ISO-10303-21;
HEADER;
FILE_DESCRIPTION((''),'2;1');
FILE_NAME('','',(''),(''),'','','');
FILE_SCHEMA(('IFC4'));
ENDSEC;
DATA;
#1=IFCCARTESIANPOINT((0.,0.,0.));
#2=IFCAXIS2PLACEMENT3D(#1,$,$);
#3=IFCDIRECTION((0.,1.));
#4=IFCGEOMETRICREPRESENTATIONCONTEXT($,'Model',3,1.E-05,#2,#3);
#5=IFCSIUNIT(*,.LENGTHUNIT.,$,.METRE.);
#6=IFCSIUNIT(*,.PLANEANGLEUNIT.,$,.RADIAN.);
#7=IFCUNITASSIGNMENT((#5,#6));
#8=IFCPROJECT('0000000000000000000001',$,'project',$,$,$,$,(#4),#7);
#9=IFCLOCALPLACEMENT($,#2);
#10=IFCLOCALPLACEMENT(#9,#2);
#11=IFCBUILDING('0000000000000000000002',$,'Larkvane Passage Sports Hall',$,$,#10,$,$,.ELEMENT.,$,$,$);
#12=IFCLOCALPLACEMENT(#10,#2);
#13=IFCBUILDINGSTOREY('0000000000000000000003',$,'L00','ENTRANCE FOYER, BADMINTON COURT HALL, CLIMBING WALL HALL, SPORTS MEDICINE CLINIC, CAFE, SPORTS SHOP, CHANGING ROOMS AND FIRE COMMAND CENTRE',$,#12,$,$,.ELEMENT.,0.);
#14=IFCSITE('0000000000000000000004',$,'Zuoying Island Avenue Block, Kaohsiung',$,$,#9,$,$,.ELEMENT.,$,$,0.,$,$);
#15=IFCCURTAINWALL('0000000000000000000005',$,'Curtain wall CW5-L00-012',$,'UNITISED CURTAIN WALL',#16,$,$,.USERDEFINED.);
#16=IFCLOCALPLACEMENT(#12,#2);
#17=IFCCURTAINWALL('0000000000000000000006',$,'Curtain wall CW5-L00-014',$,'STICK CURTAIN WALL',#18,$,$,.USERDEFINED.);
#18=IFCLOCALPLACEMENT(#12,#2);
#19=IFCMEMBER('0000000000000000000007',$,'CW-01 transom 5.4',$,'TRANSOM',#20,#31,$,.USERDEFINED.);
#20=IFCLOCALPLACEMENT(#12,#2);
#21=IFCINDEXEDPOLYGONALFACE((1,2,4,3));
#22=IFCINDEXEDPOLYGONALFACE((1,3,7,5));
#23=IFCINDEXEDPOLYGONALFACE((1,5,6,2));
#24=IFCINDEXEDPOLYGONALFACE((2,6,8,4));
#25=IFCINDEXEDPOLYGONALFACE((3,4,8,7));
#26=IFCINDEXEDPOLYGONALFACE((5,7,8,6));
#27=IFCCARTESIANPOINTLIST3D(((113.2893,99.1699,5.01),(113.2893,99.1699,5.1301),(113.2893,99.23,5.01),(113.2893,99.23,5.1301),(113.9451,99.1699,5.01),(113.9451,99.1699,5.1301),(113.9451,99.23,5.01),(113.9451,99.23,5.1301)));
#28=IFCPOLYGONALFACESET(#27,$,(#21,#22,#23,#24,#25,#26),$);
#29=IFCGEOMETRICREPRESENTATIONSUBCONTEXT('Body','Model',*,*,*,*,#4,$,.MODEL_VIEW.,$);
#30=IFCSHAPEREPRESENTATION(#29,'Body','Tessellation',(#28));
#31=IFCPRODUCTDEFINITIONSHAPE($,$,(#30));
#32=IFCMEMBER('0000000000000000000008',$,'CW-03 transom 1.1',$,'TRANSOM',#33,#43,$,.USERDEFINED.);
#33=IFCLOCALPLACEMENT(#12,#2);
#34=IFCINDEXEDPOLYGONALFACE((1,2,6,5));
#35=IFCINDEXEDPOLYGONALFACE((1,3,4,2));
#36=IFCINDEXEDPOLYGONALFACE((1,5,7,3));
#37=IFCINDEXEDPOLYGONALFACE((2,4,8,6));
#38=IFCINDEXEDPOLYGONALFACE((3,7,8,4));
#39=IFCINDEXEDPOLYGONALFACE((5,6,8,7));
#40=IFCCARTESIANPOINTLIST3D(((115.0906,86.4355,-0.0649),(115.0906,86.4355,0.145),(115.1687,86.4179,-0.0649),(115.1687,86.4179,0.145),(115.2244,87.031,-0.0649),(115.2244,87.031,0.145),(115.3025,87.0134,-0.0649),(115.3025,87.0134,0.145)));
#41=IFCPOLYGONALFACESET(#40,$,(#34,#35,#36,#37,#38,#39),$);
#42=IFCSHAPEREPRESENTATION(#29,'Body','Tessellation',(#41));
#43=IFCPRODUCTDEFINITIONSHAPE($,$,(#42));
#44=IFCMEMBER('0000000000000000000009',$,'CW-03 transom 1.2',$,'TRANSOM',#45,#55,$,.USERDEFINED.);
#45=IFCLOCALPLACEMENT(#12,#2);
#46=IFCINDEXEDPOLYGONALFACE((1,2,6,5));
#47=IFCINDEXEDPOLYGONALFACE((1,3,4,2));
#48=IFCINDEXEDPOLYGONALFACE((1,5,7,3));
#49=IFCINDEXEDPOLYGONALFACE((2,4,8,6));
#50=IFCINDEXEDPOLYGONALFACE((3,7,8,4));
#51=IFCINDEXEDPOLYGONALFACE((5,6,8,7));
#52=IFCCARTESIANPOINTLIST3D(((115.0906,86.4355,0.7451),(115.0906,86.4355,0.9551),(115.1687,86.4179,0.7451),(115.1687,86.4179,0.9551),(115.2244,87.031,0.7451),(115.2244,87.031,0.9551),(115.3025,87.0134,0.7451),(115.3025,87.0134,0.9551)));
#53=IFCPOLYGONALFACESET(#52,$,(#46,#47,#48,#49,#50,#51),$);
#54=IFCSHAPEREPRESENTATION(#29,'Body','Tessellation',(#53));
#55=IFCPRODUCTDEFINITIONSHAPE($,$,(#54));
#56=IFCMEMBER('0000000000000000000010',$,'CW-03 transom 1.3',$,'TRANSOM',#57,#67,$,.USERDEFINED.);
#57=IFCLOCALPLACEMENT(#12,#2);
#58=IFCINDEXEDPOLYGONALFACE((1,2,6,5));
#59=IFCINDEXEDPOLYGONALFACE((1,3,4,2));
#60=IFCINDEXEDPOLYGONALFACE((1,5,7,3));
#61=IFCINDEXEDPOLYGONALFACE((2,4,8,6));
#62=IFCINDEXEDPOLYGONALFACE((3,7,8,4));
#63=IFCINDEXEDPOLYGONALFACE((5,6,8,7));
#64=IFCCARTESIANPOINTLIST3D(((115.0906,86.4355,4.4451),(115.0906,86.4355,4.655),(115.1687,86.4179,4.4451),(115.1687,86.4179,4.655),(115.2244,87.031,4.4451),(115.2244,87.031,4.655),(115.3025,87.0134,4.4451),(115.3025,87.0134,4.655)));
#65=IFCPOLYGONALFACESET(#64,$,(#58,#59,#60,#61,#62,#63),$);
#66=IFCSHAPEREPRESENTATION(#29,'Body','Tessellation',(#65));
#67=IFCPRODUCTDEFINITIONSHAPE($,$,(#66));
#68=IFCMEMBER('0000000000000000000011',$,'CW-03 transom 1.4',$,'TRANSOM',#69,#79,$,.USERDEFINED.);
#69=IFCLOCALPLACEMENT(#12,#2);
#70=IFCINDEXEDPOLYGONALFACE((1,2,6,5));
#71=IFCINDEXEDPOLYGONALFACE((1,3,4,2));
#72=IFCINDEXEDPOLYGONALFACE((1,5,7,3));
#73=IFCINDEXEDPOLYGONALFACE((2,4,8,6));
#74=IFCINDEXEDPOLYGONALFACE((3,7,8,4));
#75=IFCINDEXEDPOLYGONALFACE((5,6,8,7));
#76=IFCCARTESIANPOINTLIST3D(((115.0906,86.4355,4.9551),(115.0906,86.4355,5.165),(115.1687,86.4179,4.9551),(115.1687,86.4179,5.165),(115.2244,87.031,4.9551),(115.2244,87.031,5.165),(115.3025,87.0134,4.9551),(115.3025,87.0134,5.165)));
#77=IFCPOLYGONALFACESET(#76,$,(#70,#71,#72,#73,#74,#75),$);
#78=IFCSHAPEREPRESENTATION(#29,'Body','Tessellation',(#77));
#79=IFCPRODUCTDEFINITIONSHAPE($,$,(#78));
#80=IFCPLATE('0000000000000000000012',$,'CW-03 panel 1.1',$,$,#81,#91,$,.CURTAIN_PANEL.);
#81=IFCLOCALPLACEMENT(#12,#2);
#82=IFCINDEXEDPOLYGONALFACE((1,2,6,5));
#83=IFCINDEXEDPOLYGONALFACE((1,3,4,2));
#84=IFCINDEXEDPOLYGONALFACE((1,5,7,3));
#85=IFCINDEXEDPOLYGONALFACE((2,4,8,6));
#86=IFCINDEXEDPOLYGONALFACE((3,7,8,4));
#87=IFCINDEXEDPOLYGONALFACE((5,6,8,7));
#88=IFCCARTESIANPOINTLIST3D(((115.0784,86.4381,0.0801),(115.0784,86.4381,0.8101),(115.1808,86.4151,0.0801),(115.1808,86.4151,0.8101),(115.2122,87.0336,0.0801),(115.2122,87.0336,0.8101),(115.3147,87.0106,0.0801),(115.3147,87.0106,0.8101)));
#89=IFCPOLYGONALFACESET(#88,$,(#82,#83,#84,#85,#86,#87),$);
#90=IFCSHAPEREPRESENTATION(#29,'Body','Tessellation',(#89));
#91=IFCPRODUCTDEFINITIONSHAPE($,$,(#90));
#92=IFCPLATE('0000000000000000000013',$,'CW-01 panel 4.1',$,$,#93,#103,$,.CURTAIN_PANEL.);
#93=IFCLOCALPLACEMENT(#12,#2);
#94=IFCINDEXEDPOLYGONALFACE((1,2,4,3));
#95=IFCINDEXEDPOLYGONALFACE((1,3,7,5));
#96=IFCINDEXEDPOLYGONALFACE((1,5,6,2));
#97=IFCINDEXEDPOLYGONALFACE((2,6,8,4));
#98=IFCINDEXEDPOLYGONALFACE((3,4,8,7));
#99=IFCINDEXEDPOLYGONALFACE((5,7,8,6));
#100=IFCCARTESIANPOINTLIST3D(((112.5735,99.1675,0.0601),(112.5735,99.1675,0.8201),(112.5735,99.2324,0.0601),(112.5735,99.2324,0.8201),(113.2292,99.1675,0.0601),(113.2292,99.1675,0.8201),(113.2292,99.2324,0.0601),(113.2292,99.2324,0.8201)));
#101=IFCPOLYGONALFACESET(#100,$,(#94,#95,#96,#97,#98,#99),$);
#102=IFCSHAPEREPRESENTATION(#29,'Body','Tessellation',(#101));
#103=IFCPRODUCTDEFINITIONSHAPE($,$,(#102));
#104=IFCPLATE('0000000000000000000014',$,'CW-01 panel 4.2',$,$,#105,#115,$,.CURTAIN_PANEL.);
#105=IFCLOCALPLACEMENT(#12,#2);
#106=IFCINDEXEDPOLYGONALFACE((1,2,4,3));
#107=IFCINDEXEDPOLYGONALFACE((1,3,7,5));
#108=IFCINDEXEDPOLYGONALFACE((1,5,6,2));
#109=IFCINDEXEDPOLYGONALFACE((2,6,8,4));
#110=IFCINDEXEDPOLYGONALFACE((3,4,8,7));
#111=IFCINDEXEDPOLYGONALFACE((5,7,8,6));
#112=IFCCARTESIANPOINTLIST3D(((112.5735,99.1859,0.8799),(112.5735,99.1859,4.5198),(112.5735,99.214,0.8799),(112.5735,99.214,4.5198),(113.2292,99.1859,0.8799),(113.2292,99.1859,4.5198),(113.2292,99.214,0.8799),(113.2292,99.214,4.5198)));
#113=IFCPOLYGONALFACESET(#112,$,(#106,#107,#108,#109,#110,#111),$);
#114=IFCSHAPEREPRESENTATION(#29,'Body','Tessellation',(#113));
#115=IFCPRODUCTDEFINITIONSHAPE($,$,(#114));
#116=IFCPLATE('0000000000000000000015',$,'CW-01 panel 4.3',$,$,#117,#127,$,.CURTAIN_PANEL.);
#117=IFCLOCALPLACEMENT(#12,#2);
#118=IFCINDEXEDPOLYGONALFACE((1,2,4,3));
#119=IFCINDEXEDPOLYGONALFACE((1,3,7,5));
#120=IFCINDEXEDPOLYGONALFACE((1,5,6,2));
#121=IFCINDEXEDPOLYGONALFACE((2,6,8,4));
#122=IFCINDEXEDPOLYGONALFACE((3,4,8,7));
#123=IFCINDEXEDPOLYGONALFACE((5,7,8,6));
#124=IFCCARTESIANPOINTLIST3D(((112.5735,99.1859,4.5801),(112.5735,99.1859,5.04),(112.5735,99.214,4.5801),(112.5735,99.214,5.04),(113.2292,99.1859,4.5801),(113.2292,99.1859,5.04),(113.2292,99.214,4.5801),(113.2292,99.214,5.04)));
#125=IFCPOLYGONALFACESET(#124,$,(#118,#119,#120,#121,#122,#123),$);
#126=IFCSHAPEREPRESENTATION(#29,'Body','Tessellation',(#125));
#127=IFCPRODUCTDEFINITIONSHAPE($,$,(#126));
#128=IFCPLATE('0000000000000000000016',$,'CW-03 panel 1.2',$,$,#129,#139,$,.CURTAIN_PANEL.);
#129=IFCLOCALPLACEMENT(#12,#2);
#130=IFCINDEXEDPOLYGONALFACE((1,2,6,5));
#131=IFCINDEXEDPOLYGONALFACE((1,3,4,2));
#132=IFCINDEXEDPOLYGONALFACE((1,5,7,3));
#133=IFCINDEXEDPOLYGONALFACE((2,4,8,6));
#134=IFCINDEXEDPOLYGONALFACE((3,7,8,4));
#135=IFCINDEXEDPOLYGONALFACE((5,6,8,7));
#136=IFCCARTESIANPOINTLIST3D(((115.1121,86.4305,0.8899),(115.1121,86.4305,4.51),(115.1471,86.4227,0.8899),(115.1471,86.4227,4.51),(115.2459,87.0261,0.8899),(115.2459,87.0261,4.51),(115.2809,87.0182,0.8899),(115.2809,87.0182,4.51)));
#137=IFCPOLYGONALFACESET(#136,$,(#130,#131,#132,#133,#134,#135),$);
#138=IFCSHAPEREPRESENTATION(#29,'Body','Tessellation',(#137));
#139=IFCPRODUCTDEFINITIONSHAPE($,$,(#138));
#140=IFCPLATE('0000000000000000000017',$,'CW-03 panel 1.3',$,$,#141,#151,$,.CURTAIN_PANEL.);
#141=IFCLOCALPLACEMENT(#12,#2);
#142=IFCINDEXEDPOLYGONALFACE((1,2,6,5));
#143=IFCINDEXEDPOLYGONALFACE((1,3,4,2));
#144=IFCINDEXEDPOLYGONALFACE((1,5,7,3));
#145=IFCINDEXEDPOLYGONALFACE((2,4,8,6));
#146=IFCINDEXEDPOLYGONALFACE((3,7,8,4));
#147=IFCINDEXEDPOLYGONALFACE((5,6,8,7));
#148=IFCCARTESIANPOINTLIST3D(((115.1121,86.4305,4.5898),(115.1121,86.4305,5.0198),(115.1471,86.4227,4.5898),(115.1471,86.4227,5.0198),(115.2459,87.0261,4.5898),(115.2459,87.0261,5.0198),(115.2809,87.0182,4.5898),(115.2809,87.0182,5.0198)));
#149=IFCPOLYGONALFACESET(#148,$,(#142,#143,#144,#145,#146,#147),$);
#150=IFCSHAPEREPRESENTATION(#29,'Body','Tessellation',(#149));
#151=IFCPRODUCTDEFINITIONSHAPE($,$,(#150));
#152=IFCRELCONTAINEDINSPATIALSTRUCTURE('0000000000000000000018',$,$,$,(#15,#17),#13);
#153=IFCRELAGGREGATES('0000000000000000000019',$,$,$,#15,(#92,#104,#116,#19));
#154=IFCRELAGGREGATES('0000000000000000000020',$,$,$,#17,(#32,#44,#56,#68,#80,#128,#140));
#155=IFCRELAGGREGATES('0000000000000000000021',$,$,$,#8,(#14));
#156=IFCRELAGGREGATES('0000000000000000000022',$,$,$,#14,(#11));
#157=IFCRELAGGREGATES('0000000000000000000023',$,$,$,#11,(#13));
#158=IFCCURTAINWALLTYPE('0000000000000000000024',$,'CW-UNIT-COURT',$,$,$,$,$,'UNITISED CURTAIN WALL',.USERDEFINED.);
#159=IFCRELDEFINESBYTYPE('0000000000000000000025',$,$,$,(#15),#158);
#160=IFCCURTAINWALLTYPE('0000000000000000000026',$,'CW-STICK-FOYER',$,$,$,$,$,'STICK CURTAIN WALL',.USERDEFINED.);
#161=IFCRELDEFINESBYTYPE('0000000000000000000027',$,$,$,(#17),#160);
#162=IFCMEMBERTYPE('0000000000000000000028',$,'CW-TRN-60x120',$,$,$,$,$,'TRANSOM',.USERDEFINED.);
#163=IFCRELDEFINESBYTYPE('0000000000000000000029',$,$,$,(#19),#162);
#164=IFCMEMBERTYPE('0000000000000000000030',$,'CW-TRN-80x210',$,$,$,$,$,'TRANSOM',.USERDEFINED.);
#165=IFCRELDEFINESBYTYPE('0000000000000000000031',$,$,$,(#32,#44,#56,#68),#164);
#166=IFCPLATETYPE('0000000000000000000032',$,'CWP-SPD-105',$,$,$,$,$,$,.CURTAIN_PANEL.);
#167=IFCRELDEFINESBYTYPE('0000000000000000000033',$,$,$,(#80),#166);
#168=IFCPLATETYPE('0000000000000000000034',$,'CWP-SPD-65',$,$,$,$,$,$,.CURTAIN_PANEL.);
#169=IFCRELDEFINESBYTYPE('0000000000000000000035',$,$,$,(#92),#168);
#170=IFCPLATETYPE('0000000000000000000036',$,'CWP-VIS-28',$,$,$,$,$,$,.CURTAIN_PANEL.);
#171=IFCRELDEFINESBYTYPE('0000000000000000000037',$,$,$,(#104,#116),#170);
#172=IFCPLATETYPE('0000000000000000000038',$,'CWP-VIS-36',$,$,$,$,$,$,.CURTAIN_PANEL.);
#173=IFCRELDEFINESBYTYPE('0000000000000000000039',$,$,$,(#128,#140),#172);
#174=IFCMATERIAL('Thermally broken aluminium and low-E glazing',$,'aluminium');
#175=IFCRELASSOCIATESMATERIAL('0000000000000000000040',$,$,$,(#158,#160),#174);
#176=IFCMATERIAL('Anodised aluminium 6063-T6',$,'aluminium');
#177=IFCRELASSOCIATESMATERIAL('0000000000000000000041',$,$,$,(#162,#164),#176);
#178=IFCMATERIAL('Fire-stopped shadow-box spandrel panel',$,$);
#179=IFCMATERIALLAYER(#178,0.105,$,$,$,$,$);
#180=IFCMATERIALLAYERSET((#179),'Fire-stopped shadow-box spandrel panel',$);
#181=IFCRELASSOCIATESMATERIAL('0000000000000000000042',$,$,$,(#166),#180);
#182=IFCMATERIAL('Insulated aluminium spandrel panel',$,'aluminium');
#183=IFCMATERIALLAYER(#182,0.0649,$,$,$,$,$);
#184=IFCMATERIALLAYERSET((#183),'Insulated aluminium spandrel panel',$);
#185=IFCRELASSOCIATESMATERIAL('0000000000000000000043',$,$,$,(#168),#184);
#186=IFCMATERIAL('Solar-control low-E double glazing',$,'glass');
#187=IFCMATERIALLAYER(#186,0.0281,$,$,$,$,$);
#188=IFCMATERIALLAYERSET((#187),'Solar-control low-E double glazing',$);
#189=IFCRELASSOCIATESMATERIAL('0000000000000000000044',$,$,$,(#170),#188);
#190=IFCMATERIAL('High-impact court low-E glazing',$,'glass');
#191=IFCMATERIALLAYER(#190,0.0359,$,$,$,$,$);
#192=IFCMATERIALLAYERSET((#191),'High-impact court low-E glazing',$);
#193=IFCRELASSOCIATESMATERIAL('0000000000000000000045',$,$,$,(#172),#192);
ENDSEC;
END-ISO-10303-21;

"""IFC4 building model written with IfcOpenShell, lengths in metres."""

from ifc_helpers import new_model, si_unit, direction, frame, origin, origin_2d, place, context, subcontext, project, spatial, rectangle, extrude, material, layer, layer_set, material_profile, profile_set, type_object, element, aggregate, save


model = new_model("IFC4")

# Units and contexts
model_context = context("Model", 3, precision=1e-05, world=origin(), true_north=direction((0.0, 1.0)))
body_context = subcontext(model_context, "Body", "Model", "MODEL_VIEW")
ifc_project = project(units=[si_unit("LENGTHUNIT", "METRE"), si_unit("PLANEANGLEUNIT", "RADIAN")], contexts=[model_context])

# Site, building, storey
site_placement = place(None, origin())
site = spatial("IfcSite", under=ifc_project, at=site_placement, Name="Zuoying Island Avenue Block, Kaohsiung", CompositionType="ELEMENT", RefElevation=0.0)
building_placement = place(site_placement, origin())
building = spatial("IfcBuilding", under=site, at=building_placement, Name="Larkvane Passage Sports Hall", CompositionType="ELEMENT")
storey_placement = place(building_placement, origin())
storey = spatial("IfcBuildingStorey", under=building, at=storey_placement, Name="L00", Description="ENTRANCE FOYER, BADMINTON COURT HALL, CLIMBING WALL HALL, SPORTS MEDICINE CLINIC, CAFE, SPORTS SHOP, CHANGING ROOMS AND FIRE COMMAND CENTRE", CompositionType="ELEMENT", Elevation=0.0)

# Curtain walls
ifc_material_1 = material(Name="Thermally broken aluminium and low-E glazing", Category="aluminium")
curtain_wall_type_1 = type_object("IfcCurtainWallType", Name="CW-UNIT-COURT", ElementType="UNITISED CURTAIN WALL", PredefinedType="USERDEFINED", material=ifc_material_1)
curtain_wall_1_placement = place(storey_placement, origin())
curtain_wall_1 = element("IfcCurtainWall", 1, at=curtain_wall_1_placement, inside=storey, type_object=curtain_wall_type_1, Name="Curtain wall CW5-L00-012", ObjectType="UNITISED CURTAIN WALL", PredefinedType="USERDEFINED")
ifc_material_2 = material(Name="Anodised aluminium 6063-T6", Category="aluminium")
curtain_wall_type_2 = type_object("IfcCurtainWallType", Name="CW-STICK-FOYER", ElementType="STICK CURTAIN WALL", PredefinedType="USERDEFINED", material=ifc_material_1)
curtain_wall_2_placement = place(storey_placement, origin())
curtain_wall_2 = element("IfcCurtainWall", 2, at=curtain_wall_2_placement, inside=storey, type_object=curtain_wall_type_2, Name="Curtain wall CW5-L00-014", ObjectType="STICK CURTAIN WALL", PredefinedType="USERDEFINED")

# Members
ifc_material_profile_1 = material_profile(ifc_material_2, rectangle(XDim=0.0601, YDim=0.1201, at=origin_2d()), Name="ALU-TRN-60x120")
ifc_profile_set_1 = profile_set([ifc_material_profile_1], Name="Anodised aluminium 6063-T6")
member_type_1 = type_object("IfcMemberType", Name="CW-TRN-60x120", ElementType="TRANSOM", PredefinedType="USERDEFINED", material=ifc_profile_set_1)
member_1_placement = place(storey_placement, frame((113.2893, 99.2, 5.0701), z_axis=(1.0, 0.0, 0.0), x_axis=(0.0, 1.0, 0.0)))
member_1 = element("IfcMember", 3, at=member_1_placement, type_object=member_type_1, Name="CW-01 transom 5.4", ObjectType="TRANSOM", PredefinedType="USERDEFINED", context=body_context, shape_type="SweptSolid", body=[
    extrude(rectangle(XDim=0.0601, YDim=0.1201, at=origin_2d()), origin(), (0.0, 0.0, 1.0), 0.6558),
])
ifc_material_profile_2 = material_profile(ifc_material_2, rectangle(XDim=0.0801, YDim=0.21, at=origin_2d()), Name="ALU-TRN-80x210")
ifc_profile_set_2 = profile_set([ifc_material_profile_2], Name="Anodised aluminium 6063-T6")
member_type_2 = type_object("IfcMemberType", Name="CW-TRN-80x210", ElementType="TRANSOM", PredefinedType="USERDEFINED", material=ifc_profile_set_2)
member_2_placement = place(storey_placement, frame((115.2634, 87.0222, 0.04), z_axis=(-0.219217, -0.975676, 0.0), x_axis=(0.975676, -0.219217, 0.0)))
member_2 = element("IfcMember", 4, at=member_2_placement, type_object=member_type_2, Name="CW-03 transom 1.1", ObjectType="TRANSOM", PredefinedType="USERDEFINED", context=body_context, shape_type="SweptSolid", body=[
    extrude(rectangle(XDim=0.0801, YDim=0.21, at=origin_2d()), origin(), (0.0, 0.0, 1.0), 0.6104),
])
member_3_placement = place(storey_placement, frame((115.2634, 87.0222, 0.8501), z_axis=(-0.219217, -0.975676, 0.0), x_axis=(0.975676, -0.219217, 0.0)))
member_3 = element("IfcMember", 5, at=member_3_placement, type_object=member_type_2, Name="CW-03 transom 1.2", ObjectType="TRANSOM", PredefinedType="USERDEFINED", context=body_context, shape_type="SweptSolid", body=[
    extrude(rectangle(XDim=0.0801, YDim=0.21, at=origin_2d()), origin(), (0.0, 0.0, 1.0), 0.6104),
])
member_4_placement = place(storey_placement, frame((115.2634, 87.0222, 4.55), z_axis=(-0.219217, -0.975676, 0.0), x_axis=(0.975676, -0.219217, 0.0)))
member_4 = element("IfcMember", 6, at=member_4_placement, type_object=member_type_2, Name="CW-03 transom 1.3", ObjectType="TRANSOM", PredefinedType="USERDEFINED", context=body_context, shape_type="SweptSolid", body=[
    extrude(rectangle(XDim=0.0801, YDim=0.21, at=origin_2d()), origin(), (0.0, 0.0, 1.0), 0.6104),
])
member_5_placement = place(storey_placement, frame((115.2634, 87.0222, 5.0601), z_axis=(-0.219217, -0.975676, 0.0), x_axis=(0.975676, -0.219217, 0.0)))
member_5 = element("IfcMember", 7, at=member_5_placement, type_object=member_type_2, Name="CW-03 transom 1.4", ObjectType="TRANSOM", PredefinedType="USERDEFINED", context=body_context, shape_type="SweptSolid", body=[
    extrude(rectangle(XDim=0.0801, YDim=0.21, at=origin_2d()), origin(), (0.0, 0.0, 1.0), 0.6104),
])

# Plates
ifc_material_3 = material(Name="Fire-stopped shadow-box spandrel panel")
ifc_layer_1 = layer(ifc_material_3, 0.105)
ifc_layer_set_1 = layer_set([ifc_layer_1], Name="Fire-stopped shadow-box spandrel panel")
plate_type_1 = type_object("IfcPlateType", Name="CWP-SPD-105", PredefinedType="CURTAIN_PANEL", material=ifc_layer_set_1)
plate_1_placement = place(storey_placement, frame((115.1965, 86.7244, 0.0801), z_axis=(0.0, 0.0, 1.0), x_axis=(-0.219244, -0.97567, 0.0)))
plate_1 = element("IfcPlate", 8, at=plate_1_placement, type_object=plate_type_1, Name="CW-03 panel 1.1", PredefinedType="CURTAIN_PANEL", context=body_context, shape_type="SweptSolid", body=[
    extrude(rectangle(XDim=0.6104, YDim=0.105, at=origin_2d()), origin(), (0.0, 0.0, 1.0), 0.73),
])
ifc_material_4 = material(Name="Insulated aluminium spandrel panel", Category="aluminium")
ifc_layer_2 = layer(ifc_material_4, 0.0649)
ifc_layer_set_2 = layer_set([ifc_layer_2], Name="Insulated aluminium spandrel panel")
plate_type_2 = type_object("IfcPlateType", Name="CWP-SPD-65", PredefinedType="CURTAIN_PANEL", material=ifc_layer_set_2)
plate_2_placement = place(storey_placement, frame((112.9014, 99.2, 0.0601), z_axis=(0.0, 0.0, 1.0), x_axis=(1.0, 0.0, 0.0)))
plate_2 = element("IfcPlate", 9, at=plate_2_placement, type_object=plate_type_2, Name="CW-01 panel 4.1", PredefinedType="CURTAIN_PANEL", context=body_context, shape_type="SweptSolid", body=[
    extrude(rectangle(XDim=0.6558, YDim=0.0649, at=origin_2d()), origin(), (0.0, 0.0, 1.0), 0.76),
])
ifc_material_5 = material(Name="Solar-control low-E double glazing", Category="glass")
ifc_layer_3 = layer(ifc_material_5, 0.0281)
ifc_layer_set_3 = layer_set([ifc_layer_3], Name="Solar-control low-E double glazing")
plate_type_3 = type_object("IfcPlateType", Name="CWP-VIS-28", PredefinedType="CURTAIN_PANEL", material=ifc_layer_set_3)
plate_3_placement = place(storey_placement, frame((112.9014, 99.2, 0.8799), z_axis=(0.0, 0.0, 1.0), x_axis=(1.0, 0.0, 0.0)))
plate_3 = element("IfcPlate", 10, at=plate_3_placement, type_object=plate_type_3, Name="CW-01 panel 4.2", PredefinedType="CURTAIN_PANEL", context=body_context, shape_type="SweptSolid", body=[
    extrude(rectangle(XDim=0.6558, YDim=0.0281, at=origin_2d()), origin(), (0.0, 0.0, 1.0), 3.6399),
])
plate_4_placement = place(storey_placement, frame((112.9014, 99.2, 4.5801), z_axis=(0.0, 0.0, 1.0), x_axis=(1.0, 0.0, 0.0)))
plate_4 = element("IfcPlate", 11, at=plate_4_placement, type_object=plate_type_3, Name="CW-01 panel 4.3", PredefinedType="CURTAIN_PANEL", context=body_context, shape_type="SweptSolid", body=[
    extrude(rectangle(XDim=0.6558, YDim=0.0281, at=origin_2d()), origin(), (0.0, 0.0, 1.0), 0.46),
])
aggregate(curtain_wall_1, [plate_2, plate_3, plate_4, member_1])
ifc_material_6 = material(Name="High-impact court low-E glazing", Category="glass")
ifc_layer_4 = layer(ifc_material_6, 0.0359)
ifc_layer_set_4 = layer_set([ifc_layer_4], Name="High-impact court low-E glazing")
plate_type_4 = type_object("IfcPlateType", Name="CWP-VIS-36", PredefinedType="CURTAIN_PANEL", material=ifc_layer_set_4)
plate_5_placement = place(storey_placement, frame((115.1965, 86.7244, 0.8899), z_axis=(0.0, 0.0, 1.0), x_axis=(-0.219244, -0.97567, 0.0)))
plate_5 = element("IfcPlate", 12, at=plate_5_placement, type_object=plate_type_4, Name="CW-03 panel 1.2", PredefinedType="CURTAIN_PANEL", context=body_context, shape_type="SweptSolid", body=[
    extrude(rectangle(XDim=0.6104, YDim=0.0359, at=origin_2d()), origin(), (0.0, 0.0, 1.0), 3.6201),
])
plate_6_placement = place(storey_placement, frame((115.1965, 86.7244, 4.5898), z_axis=(0.0, 0.0, 1.0), x_axis=(-0.219244, -0.97567, 0.0)))
plate_6 = element("IfcPlate", 13, at=plate_6_placement, type_object=plate_type_4, Name="CW-03 panel 1.3", PredefinedType="CURTAIN_PANEL", context=body_context, shape_type="SweptSolid", body=[
    extrude(rectangle(XDim=0.6104, YDim=0.0359, at=origin_2d()), origin(), (0.0, 0.0, 1.0), 0.4299),
])
aggregate(curtain_wall_2, [member_2, member_3, member_4, member_5, plate_1, plate_5, plate_6])

save(model, "model.ifc")
